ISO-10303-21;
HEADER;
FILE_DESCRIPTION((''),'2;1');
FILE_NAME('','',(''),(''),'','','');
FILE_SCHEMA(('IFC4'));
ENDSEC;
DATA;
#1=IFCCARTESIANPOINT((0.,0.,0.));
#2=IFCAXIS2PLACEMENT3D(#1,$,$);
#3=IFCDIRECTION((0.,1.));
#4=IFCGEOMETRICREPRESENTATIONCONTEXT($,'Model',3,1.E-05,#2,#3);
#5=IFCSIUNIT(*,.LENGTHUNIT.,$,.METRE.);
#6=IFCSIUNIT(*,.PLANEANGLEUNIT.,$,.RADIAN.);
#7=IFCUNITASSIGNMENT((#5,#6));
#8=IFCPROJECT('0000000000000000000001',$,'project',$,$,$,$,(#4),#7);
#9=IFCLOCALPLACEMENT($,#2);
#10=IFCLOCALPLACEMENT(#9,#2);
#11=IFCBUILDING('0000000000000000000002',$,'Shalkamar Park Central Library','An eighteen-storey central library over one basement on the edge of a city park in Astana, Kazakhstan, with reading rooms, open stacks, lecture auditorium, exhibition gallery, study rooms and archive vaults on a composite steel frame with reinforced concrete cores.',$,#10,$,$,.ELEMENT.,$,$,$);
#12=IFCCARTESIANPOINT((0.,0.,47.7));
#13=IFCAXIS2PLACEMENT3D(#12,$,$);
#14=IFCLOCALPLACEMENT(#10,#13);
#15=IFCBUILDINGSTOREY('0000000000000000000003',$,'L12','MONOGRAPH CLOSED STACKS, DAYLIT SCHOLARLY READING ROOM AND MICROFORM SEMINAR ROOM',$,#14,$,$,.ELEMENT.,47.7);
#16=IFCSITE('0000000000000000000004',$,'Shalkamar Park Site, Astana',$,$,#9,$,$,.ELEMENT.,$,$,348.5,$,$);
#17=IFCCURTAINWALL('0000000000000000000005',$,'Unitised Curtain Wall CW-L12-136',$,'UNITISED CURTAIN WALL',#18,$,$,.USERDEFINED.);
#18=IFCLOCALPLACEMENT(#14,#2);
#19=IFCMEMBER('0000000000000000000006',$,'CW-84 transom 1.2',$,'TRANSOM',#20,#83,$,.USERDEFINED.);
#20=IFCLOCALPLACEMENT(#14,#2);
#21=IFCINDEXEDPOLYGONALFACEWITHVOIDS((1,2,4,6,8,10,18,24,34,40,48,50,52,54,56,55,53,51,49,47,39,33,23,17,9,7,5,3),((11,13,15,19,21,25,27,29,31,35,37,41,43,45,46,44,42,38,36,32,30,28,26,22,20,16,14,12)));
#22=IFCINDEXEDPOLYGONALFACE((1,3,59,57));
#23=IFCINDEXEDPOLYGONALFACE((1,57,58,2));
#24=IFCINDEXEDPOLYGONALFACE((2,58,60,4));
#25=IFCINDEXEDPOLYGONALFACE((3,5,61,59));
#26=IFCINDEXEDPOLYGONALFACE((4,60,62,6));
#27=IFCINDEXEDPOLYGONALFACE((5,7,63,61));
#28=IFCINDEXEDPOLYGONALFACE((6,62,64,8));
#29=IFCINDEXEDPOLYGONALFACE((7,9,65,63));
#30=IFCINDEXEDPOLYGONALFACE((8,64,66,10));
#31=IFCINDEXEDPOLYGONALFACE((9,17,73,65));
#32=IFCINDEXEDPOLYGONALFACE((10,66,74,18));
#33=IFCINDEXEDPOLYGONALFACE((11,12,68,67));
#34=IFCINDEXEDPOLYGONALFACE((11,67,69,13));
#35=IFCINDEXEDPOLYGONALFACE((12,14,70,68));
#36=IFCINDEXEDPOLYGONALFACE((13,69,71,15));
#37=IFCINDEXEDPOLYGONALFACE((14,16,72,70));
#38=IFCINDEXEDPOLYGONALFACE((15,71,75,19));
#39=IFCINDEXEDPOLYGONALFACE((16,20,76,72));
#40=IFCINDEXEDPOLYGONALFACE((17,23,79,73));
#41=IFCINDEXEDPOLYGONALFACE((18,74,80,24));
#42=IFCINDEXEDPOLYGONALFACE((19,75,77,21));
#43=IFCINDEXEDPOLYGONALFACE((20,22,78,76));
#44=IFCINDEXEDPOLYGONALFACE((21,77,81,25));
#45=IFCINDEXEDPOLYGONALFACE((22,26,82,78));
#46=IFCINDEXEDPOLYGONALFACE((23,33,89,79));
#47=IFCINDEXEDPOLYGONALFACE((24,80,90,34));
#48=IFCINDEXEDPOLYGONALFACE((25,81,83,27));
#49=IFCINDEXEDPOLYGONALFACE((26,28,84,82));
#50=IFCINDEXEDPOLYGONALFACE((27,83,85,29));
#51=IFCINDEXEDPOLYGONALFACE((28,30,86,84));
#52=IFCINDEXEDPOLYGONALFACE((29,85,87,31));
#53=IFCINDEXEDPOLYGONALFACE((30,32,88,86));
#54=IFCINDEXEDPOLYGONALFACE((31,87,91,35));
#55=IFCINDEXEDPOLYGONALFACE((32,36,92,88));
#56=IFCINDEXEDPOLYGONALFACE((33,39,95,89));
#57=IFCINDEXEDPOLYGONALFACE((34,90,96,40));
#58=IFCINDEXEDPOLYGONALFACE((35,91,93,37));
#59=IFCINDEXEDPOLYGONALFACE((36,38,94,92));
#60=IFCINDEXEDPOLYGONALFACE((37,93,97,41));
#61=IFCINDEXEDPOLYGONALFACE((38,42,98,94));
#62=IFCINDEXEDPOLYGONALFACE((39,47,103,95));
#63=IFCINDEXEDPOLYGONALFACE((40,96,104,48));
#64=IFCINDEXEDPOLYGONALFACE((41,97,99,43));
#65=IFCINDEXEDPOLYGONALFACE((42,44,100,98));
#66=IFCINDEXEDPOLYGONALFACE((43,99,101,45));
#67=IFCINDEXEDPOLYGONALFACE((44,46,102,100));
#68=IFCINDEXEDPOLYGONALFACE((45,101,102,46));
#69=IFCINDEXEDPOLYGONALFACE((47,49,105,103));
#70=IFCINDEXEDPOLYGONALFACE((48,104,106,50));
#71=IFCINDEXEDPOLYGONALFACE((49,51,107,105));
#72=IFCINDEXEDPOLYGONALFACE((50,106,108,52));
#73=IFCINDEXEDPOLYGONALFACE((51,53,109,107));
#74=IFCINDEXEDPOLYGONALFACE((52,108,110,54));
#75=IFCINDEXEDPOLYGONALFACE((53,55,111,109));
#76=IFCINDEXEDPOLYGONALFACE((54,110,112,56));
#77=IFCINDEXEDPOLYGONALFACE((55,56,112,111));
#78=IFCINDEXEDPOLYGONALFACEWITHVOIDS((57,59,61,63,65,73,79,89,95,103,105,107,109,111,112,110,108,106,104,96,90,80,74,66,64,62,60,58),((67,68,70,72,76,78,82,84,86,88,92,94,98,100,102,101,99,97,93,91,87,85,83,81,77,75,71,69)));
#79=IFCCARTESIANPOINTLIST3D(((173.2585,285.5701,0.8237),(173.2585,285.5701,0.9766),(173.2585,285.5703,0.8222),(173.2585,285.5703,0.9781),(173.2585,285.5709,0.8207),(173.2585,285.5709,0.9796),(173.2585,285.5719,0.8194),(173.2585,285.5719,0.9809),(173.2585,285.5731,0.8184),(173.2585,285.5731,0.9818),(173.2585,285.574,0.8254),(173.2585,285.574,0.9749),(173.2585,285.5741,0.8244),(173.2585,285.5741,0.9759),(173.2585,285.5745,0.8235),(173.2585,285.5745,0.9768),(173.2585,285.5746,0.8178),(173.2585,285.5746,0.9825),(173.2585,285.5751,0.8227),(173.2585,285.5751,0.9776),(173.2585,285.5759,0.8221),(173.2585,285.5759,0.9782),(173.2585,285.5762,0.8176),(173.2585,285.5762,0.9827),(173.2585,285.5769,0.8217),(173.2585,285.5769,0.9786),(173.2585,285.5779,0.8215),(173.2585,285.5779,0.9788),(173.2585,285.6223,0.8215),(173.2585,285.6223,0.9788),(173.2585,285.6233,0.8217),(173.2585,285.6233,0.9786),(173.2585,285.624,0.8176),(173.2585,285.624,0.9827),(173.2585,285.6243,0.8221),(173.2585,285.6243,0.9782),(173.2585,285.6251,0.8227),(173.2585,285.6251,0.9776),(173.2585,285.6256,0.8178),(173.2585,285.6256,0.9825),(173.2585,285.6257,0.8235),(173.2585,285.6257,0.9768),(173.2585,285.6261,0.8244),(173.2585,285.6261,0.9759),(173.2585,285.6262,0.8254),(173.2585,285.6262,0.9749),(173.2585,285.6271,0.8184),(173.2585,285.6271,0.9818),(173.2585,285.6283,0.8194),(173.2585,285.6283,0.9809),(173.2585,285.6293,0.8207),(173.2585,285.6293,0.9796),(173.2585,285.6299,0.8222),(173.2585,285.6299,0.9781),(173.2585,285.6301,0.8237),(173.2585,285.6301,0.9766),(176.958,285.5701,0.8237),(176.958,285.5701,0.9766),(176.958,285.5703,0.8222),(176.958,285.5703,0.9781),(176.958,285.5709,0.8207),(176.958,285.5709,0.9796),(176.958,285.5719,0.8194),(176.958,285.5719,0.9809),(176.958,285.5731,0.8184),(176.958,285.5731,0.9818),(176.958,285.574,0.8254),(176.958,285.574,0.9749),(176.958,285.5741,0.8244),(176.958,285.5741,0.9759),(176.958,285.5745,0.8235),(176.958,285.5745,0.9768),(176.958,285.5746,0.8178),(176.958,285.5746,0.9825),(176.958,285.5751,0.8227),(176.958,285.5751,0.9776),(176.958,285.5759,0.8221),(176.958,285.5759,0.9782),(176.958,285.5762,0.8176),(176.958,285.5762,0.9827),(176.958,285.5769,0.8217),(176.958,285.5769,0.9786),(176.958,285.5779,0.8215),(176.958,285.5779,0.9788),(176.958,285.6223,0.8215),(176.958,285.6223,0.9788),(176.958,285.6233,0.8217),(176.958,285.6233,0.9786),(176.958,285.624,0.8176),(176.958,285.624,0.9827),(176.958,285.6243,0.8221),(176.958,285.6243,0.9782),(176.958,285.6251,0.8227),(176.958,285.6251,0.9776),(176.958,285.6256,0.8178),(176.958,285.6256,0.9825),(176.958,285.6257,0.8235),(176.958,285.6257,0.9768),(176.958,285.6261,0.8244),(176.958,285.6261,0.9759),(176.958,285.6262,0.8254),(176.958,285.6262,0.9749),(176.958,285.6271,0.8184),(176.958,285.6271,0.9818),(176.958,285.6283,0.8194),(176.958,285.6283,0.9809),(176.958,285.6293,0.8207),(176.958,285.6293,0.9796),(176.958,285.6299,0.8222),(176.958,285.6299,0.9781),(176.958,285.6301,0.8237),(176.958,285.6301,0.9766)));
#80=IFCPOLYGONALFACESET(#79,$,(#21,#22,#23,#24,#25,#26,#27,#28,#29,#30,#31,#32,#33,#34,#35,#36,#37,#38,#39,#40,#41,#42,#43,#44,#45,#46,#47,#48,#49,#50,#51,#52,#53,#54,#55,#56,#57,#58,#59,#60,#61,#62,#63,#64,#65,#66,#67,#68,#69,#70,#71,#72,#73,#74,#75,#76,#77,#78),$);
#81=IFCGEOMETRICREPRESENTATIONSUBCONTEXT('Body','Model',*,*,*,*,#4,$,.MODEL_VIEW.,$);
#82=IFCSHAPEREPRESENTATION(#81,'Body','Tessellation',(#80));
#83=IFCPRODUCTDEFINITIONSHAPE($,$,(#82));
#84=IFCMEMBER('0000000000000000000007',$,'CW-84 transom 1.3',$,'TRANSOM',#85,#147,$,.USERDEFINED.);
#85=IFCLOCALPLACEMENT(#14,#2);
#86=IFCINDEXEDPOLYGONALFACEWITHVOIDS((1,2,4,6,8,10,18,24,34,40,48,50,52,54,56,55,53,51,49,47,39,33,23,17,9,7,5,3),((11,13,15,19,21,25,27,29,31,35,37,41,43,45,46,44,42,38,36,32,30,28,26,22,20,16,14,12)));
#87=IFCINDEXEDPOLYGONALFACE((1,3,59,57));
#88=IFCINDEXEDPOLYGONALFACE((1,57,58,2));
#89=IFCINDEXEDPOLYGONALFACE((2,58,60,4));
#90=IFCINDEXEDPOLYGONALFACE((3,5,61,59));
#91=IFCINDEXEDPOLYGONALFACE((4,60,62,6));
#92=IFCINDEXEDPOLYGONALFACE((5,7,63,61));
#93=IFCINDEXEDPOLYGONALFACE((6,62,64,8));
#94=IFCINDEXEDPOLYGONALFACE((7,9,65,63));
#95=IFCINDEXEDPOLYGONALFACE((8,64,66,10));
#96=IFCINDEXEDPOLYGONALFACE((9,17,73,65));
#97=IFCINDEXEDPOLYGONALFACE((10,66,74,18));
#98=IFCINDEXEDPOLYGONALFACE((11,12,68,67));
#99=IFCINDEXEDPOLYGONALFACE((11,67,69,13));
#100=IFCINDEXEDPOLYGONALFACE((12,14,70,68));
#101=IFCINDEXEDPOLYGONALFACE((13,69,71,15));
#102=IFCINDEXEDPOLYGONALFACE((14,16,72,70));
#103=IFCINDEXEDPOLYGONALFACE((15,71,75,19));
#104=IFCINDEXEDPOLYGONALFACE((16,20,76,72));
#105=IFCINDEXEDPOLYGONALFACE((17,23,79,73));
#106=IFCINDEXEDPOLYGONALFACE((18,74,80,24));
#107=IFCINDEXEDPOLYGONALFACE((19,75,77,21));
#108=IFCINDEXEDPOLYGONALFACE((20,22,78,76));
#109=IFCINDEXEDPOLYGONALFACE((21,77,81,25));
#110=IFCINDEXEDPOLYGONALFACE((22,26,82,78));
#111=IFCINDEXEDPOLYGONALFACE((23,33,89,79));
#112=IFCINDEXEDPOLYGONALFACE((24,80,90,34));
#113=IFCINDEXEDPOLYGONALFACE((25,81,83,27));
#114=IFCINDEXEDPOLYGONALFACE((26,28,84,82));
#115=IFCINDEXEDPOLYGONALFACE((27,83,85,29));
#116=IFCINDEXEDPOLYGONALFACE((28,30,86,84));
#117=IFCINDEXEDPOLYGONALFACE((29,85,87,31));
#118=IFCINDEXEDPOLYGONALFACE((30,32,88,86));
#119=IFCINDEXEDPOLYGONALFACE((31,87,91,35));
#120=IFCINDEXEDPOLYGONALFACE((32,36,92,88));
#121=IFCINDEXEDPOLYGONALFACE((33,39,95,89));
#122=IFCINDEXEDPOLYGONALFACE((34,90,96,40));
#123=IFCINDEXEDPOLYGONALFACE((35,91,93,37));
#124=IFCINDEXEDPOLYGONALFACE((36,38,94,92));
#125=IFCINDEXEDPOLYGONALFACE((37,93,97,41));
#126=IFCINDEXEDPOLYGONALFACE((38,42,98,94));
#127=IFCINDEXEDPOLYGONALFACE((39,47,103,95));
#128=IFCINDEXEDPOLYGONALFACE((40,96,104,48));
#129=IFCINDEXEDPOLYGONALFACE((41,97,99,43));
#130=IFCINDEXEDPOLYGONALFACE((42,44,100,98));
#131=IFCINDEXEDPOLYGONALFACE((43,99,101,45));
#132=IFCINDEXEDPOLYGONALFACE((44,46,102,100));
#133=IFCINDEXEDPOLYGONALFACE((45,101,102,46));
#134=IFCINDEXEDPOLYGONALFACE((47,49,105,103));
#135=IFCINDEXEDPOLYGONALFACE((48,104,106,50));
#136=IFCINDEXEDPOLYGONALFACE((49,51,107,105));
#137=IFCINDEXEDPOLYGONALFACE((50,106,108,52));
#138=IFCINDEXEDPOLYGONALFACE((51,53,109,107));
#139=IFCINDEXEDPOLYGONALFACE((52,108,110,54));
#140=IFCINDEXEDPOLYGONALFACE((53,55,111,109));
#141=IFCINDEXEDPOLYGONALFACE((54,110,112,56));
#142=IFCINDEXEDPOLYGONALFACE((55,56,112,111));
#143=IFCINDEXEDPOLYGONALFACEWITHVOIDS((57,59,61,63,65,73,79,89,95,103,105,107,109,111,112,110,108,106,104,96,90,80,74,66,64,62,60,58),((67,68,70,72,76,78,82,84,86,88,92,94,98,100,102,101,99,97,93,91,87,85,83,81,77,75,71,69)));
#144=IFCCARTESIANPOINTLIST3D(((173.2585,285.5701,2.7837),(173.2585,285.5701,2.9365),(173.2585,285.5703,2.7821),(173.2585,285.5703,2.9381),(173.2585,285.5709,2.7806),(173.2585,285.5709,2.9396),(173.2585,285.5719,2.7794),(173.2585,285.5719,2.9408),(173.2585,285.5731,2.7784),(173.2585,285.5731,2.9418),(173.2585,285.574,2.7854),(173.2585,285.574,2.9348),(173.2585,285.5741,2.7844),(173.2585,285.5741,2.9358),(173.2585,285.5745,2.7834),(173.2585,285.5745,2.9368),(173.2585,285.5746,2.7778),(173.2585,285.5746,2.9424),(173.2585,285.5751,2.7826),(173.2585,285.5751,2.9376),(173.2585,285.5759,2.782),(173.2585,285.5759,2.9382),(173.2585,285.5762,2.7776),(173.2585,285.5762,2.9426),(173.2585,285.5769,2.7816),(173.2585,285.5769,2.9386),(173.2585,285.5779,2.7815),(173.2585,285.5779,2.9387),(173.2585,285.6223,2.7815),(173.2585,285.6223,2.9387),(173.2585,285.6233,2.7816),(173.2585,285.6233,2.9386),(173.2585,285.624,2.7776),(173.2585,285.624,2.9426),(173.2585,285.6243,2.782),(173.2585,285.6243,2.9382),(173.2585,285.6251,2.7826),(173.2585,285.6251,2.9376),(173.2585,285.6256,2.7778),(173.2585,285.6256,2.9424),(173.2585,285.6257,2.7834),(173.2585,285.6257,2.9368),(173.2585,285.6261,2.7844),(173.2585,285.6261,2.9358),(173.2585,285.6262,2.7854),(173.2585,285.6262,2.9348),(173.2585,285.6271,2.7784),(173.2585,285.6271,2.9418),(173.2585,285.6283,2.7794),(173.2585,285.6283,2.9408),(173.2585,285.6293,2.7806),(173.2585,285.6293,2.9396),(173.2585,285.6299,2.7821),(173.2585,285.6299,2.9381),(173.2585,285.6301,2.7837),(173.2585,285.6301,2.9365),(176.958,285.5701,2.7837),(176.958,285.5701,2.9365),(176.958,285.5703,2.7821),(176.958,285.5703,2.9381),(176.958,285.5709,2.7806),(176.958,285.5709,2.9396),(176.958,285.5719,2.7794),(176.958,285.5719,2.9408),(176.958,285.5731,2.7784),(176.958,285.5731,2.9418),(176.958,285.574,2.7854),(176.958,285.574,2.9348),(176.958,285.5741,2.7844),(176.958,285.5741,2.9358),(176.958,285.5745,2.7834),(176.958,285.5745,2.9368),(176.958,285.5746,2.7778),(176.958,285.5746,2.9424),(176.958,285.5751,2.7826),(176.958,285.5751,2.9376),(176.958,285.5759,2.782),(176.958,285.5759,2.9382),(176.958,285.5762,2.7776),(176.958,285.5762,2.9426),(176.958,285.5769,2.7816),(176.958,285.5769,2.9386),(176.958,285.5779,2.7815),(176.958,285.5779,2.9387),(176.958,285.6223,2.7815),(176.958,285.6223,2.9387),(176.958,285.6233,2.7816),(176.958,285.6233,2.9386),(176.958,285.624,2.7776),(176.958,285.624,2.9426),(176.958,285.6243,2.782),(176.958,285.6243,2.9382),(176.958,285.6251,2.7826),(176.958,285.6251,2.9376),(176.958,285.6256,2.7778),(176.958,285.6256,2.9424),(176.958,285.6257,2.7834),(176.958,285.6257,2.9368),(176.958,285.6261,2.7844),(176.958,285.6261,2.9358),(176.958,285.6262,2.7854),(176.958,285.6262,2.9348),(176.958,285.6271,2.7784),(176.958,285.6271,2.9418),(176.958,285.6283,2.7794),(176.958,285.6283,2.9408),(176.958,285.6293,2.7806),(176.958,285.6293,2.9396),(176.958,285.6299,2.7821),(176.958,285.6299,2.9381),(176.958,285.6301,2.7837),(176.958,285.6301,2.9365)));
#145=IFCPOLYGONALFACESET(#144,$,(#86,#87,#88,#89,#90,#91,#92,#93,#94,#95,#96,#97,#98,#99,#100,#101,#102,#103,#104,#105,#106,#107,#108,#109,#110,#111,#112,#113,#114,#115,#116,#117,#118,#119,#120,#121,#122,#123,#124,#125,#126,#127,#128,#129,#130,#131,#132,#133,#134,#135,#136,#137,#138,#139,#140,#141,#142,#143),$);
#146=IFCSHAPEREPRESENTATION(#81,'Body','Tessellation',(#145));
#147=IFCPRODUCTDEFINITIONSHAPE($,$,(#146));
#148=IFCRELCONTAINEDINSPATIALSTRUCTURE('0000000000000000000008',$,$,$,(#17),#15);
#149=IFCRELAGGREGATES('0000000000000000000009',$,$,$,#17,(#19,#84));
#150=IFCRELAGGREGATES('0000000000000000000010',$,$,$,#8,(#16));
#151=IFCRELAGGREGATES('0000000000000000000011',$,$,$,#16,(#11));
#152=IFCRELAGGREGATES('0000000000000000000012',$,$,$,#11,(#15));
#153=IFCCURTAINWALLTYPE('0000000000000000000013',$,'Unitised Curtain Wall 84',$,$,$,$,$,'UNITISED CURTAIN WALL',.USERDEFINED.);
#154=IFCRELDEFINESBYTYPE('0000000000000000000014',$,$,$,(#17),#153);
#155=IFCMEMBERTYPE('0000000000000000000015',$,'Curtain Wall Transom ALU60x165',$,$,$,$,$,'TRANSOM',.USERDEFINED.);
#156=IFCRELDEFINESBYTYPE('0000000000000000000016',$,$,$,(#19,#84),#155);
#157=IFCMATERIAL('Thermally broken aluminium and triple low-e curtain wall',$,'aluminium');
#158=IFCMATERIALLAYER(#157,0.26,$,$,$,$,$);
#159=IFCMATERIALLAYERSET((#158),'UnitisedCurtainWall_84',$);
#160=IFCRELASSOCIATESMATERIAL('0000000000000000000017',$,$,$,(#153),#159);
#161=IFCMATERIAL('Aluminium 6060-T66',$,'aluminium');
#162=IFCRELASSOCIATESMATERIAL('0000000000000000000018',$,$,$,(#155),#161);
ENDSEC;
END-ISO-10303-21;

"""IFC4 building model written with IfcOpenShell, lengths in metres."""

from ifc_helpers import new_model, si_unit, direction, frame, origin, origin_2d, place, context, subcontext, project, spatial, hollow_rectangle, extrude, material, layer, layer_set, material_profile, profile_set, type_object, element, aggregate, save


model = new_model("IFC4")

# Units and contexts
model_context = context("Model", 3, precision=1e-05, world=origin(), true_north=direction((0.0, 1.0)))
body_context = subcontext(model_context, "Body", "Model", "MODEL_VIEW")
ifc_project = project(units=[si_unit("LENGTHUNIT", "METRE"), si_unit("PLANEANGLEUNIT", "RADIAN")], contexts=[model_context])

# Site, building, storey
site_placement = place(None, origin())
site = spatial("IfcSite", under=ifc_project, at=site_placement, Name="Shalkamar Park Site, Astana", CompositionType="ELEMENT", RefElevation=348.5)
building_placement = place(site_placement, origin())
building = spatial("IfcBuilding", under=site, at=building_placement, Name="Shalkamar Park Central Library", Description="An eighteen-storey central library over one basement on the edge of a city park in Astana, Kazakhstan, with reading rooms, open stacks, lecture auditorium, exhibition gallery, study rooms and archive vaults on a composite steel frame with reinforced concrete cores.", CompositionType="ELEMENT")
storey_placement = place(building_placement, frame((0.0, 0.0, 47.7)))
storey = spatial("IfcBuildingStorey", under=building, at=storey_placement, Name="L12", Description="MONOGRAPH CLOSED STACKS, DAYLIT SCHOLARLY READING ROOM AND MICROFORM SEMINAR ROOM", CompositionType="ELEMENT", Elevation=47.7)

# Curtain wall
ifc_material_1 = material(Name="Thermally broken aluminium and triple low-e curtain wall", Category="aluminium")
ifc_material_2 = material(Name="Aluminium 6060-T66", Category="aluminium")
ifc_layer_1 = layer(ifc_material_1, 0.26)
ifc_layer_set_1 = layer_set([ifc_layer_1], Name="UnitisedCurtainWall_84")
curtain_wall_type_1 = type_object("IfcCurtainWallType", Name="Unitised Curtain Wall 84", ElementType="UNITISED CURTAIN WALL", PredefinedType="USERDEFINED", material=ifc_layer_set_1)
curtain_wall_1_placement = place(storey_placement, origin())
curtain_wall_1 = element("IfcCurtainWall", 1, at=curtain_wall_1_placement, inside=storey, type_object=curtain_wall_type_1, Name="Unitised Curtain Wall CW-L12-136", ObjectType="UNITISED CURTAIN WALL", PredefinedType="USERDEFINED")

# Members
ifc_material_profile_1 = material_profile(ifc_material_2, hollow_rectangle(XDim=0.0601, YDim=0.165, WallThickness=0.0039, InnerFilletRadius=0.0039, OuterFilletRadius=0.0061, at=origin_2d()), Name="ALU 60x165x4")
ifc_profile_set_1 = profile_set([ifc_material_profile_1], Name="Aluminium 6060-T66")
member_type_1 = type_object("IfcMemberType", Name="Curtain Wall Transom ALU60x165", ElementType="TRANSOM", PredefinedType="USERDEFINED", material=ifc_profile_set_1)
member_1_placement = place(storey_placement, frame((173.2585, 285.6001, 0.9001), z_axis=(1.0, 0.0, 0.0), x_axis=(0.0, 1.0, 0.0)))
member_1 = element("IfcMember", 2, at=member_1_placement, type_object=member_type_1, Name="CW-84 transom 1.2", ObjectType="TRANSOM", PredefinedType="USERDEFINED", context=body_context, shape_type="SweptSolid", body=[
    extrude(hollow_rectangle(XDim=0.0601, YDim=0.165, WallThickness=0.0039, InnerFilletRadius=0.0039, OuterFilletRadius=0.0061, at=origin_2d()), origin(), (0.0, 0.0, 1.0), 3.6995),
])
member_2_placement = place(storey_placement, frame((173.2585, 285.6001, 2.8601), z_axis=(1.0, 0.0, 0.0), x_axis=(0.0, 1.0, 0.0)))
member_2 = element("IfcMember", 3, at=member_2_placement, type_object=member_type_1, Name="CW-84 transom 1.3", ObjectType="TRANSOM", PredefinedType="USERDEFINED", context=body_context, shape_type="SweptSolid", body=[
    extrude(hollow_rectangle(XDim=0.0601, YDim=0.165, WallThickness=0.0039, InnerFilletRadius=0.0039, OuterFilletRadius=0.0061, at=origin_2d()), origin(), (0.0, 0.0, 1.0), 3.6995),
])

aggregate(curtain_wall_1, [member_1, member_2])

save(model, "model.ifc")
